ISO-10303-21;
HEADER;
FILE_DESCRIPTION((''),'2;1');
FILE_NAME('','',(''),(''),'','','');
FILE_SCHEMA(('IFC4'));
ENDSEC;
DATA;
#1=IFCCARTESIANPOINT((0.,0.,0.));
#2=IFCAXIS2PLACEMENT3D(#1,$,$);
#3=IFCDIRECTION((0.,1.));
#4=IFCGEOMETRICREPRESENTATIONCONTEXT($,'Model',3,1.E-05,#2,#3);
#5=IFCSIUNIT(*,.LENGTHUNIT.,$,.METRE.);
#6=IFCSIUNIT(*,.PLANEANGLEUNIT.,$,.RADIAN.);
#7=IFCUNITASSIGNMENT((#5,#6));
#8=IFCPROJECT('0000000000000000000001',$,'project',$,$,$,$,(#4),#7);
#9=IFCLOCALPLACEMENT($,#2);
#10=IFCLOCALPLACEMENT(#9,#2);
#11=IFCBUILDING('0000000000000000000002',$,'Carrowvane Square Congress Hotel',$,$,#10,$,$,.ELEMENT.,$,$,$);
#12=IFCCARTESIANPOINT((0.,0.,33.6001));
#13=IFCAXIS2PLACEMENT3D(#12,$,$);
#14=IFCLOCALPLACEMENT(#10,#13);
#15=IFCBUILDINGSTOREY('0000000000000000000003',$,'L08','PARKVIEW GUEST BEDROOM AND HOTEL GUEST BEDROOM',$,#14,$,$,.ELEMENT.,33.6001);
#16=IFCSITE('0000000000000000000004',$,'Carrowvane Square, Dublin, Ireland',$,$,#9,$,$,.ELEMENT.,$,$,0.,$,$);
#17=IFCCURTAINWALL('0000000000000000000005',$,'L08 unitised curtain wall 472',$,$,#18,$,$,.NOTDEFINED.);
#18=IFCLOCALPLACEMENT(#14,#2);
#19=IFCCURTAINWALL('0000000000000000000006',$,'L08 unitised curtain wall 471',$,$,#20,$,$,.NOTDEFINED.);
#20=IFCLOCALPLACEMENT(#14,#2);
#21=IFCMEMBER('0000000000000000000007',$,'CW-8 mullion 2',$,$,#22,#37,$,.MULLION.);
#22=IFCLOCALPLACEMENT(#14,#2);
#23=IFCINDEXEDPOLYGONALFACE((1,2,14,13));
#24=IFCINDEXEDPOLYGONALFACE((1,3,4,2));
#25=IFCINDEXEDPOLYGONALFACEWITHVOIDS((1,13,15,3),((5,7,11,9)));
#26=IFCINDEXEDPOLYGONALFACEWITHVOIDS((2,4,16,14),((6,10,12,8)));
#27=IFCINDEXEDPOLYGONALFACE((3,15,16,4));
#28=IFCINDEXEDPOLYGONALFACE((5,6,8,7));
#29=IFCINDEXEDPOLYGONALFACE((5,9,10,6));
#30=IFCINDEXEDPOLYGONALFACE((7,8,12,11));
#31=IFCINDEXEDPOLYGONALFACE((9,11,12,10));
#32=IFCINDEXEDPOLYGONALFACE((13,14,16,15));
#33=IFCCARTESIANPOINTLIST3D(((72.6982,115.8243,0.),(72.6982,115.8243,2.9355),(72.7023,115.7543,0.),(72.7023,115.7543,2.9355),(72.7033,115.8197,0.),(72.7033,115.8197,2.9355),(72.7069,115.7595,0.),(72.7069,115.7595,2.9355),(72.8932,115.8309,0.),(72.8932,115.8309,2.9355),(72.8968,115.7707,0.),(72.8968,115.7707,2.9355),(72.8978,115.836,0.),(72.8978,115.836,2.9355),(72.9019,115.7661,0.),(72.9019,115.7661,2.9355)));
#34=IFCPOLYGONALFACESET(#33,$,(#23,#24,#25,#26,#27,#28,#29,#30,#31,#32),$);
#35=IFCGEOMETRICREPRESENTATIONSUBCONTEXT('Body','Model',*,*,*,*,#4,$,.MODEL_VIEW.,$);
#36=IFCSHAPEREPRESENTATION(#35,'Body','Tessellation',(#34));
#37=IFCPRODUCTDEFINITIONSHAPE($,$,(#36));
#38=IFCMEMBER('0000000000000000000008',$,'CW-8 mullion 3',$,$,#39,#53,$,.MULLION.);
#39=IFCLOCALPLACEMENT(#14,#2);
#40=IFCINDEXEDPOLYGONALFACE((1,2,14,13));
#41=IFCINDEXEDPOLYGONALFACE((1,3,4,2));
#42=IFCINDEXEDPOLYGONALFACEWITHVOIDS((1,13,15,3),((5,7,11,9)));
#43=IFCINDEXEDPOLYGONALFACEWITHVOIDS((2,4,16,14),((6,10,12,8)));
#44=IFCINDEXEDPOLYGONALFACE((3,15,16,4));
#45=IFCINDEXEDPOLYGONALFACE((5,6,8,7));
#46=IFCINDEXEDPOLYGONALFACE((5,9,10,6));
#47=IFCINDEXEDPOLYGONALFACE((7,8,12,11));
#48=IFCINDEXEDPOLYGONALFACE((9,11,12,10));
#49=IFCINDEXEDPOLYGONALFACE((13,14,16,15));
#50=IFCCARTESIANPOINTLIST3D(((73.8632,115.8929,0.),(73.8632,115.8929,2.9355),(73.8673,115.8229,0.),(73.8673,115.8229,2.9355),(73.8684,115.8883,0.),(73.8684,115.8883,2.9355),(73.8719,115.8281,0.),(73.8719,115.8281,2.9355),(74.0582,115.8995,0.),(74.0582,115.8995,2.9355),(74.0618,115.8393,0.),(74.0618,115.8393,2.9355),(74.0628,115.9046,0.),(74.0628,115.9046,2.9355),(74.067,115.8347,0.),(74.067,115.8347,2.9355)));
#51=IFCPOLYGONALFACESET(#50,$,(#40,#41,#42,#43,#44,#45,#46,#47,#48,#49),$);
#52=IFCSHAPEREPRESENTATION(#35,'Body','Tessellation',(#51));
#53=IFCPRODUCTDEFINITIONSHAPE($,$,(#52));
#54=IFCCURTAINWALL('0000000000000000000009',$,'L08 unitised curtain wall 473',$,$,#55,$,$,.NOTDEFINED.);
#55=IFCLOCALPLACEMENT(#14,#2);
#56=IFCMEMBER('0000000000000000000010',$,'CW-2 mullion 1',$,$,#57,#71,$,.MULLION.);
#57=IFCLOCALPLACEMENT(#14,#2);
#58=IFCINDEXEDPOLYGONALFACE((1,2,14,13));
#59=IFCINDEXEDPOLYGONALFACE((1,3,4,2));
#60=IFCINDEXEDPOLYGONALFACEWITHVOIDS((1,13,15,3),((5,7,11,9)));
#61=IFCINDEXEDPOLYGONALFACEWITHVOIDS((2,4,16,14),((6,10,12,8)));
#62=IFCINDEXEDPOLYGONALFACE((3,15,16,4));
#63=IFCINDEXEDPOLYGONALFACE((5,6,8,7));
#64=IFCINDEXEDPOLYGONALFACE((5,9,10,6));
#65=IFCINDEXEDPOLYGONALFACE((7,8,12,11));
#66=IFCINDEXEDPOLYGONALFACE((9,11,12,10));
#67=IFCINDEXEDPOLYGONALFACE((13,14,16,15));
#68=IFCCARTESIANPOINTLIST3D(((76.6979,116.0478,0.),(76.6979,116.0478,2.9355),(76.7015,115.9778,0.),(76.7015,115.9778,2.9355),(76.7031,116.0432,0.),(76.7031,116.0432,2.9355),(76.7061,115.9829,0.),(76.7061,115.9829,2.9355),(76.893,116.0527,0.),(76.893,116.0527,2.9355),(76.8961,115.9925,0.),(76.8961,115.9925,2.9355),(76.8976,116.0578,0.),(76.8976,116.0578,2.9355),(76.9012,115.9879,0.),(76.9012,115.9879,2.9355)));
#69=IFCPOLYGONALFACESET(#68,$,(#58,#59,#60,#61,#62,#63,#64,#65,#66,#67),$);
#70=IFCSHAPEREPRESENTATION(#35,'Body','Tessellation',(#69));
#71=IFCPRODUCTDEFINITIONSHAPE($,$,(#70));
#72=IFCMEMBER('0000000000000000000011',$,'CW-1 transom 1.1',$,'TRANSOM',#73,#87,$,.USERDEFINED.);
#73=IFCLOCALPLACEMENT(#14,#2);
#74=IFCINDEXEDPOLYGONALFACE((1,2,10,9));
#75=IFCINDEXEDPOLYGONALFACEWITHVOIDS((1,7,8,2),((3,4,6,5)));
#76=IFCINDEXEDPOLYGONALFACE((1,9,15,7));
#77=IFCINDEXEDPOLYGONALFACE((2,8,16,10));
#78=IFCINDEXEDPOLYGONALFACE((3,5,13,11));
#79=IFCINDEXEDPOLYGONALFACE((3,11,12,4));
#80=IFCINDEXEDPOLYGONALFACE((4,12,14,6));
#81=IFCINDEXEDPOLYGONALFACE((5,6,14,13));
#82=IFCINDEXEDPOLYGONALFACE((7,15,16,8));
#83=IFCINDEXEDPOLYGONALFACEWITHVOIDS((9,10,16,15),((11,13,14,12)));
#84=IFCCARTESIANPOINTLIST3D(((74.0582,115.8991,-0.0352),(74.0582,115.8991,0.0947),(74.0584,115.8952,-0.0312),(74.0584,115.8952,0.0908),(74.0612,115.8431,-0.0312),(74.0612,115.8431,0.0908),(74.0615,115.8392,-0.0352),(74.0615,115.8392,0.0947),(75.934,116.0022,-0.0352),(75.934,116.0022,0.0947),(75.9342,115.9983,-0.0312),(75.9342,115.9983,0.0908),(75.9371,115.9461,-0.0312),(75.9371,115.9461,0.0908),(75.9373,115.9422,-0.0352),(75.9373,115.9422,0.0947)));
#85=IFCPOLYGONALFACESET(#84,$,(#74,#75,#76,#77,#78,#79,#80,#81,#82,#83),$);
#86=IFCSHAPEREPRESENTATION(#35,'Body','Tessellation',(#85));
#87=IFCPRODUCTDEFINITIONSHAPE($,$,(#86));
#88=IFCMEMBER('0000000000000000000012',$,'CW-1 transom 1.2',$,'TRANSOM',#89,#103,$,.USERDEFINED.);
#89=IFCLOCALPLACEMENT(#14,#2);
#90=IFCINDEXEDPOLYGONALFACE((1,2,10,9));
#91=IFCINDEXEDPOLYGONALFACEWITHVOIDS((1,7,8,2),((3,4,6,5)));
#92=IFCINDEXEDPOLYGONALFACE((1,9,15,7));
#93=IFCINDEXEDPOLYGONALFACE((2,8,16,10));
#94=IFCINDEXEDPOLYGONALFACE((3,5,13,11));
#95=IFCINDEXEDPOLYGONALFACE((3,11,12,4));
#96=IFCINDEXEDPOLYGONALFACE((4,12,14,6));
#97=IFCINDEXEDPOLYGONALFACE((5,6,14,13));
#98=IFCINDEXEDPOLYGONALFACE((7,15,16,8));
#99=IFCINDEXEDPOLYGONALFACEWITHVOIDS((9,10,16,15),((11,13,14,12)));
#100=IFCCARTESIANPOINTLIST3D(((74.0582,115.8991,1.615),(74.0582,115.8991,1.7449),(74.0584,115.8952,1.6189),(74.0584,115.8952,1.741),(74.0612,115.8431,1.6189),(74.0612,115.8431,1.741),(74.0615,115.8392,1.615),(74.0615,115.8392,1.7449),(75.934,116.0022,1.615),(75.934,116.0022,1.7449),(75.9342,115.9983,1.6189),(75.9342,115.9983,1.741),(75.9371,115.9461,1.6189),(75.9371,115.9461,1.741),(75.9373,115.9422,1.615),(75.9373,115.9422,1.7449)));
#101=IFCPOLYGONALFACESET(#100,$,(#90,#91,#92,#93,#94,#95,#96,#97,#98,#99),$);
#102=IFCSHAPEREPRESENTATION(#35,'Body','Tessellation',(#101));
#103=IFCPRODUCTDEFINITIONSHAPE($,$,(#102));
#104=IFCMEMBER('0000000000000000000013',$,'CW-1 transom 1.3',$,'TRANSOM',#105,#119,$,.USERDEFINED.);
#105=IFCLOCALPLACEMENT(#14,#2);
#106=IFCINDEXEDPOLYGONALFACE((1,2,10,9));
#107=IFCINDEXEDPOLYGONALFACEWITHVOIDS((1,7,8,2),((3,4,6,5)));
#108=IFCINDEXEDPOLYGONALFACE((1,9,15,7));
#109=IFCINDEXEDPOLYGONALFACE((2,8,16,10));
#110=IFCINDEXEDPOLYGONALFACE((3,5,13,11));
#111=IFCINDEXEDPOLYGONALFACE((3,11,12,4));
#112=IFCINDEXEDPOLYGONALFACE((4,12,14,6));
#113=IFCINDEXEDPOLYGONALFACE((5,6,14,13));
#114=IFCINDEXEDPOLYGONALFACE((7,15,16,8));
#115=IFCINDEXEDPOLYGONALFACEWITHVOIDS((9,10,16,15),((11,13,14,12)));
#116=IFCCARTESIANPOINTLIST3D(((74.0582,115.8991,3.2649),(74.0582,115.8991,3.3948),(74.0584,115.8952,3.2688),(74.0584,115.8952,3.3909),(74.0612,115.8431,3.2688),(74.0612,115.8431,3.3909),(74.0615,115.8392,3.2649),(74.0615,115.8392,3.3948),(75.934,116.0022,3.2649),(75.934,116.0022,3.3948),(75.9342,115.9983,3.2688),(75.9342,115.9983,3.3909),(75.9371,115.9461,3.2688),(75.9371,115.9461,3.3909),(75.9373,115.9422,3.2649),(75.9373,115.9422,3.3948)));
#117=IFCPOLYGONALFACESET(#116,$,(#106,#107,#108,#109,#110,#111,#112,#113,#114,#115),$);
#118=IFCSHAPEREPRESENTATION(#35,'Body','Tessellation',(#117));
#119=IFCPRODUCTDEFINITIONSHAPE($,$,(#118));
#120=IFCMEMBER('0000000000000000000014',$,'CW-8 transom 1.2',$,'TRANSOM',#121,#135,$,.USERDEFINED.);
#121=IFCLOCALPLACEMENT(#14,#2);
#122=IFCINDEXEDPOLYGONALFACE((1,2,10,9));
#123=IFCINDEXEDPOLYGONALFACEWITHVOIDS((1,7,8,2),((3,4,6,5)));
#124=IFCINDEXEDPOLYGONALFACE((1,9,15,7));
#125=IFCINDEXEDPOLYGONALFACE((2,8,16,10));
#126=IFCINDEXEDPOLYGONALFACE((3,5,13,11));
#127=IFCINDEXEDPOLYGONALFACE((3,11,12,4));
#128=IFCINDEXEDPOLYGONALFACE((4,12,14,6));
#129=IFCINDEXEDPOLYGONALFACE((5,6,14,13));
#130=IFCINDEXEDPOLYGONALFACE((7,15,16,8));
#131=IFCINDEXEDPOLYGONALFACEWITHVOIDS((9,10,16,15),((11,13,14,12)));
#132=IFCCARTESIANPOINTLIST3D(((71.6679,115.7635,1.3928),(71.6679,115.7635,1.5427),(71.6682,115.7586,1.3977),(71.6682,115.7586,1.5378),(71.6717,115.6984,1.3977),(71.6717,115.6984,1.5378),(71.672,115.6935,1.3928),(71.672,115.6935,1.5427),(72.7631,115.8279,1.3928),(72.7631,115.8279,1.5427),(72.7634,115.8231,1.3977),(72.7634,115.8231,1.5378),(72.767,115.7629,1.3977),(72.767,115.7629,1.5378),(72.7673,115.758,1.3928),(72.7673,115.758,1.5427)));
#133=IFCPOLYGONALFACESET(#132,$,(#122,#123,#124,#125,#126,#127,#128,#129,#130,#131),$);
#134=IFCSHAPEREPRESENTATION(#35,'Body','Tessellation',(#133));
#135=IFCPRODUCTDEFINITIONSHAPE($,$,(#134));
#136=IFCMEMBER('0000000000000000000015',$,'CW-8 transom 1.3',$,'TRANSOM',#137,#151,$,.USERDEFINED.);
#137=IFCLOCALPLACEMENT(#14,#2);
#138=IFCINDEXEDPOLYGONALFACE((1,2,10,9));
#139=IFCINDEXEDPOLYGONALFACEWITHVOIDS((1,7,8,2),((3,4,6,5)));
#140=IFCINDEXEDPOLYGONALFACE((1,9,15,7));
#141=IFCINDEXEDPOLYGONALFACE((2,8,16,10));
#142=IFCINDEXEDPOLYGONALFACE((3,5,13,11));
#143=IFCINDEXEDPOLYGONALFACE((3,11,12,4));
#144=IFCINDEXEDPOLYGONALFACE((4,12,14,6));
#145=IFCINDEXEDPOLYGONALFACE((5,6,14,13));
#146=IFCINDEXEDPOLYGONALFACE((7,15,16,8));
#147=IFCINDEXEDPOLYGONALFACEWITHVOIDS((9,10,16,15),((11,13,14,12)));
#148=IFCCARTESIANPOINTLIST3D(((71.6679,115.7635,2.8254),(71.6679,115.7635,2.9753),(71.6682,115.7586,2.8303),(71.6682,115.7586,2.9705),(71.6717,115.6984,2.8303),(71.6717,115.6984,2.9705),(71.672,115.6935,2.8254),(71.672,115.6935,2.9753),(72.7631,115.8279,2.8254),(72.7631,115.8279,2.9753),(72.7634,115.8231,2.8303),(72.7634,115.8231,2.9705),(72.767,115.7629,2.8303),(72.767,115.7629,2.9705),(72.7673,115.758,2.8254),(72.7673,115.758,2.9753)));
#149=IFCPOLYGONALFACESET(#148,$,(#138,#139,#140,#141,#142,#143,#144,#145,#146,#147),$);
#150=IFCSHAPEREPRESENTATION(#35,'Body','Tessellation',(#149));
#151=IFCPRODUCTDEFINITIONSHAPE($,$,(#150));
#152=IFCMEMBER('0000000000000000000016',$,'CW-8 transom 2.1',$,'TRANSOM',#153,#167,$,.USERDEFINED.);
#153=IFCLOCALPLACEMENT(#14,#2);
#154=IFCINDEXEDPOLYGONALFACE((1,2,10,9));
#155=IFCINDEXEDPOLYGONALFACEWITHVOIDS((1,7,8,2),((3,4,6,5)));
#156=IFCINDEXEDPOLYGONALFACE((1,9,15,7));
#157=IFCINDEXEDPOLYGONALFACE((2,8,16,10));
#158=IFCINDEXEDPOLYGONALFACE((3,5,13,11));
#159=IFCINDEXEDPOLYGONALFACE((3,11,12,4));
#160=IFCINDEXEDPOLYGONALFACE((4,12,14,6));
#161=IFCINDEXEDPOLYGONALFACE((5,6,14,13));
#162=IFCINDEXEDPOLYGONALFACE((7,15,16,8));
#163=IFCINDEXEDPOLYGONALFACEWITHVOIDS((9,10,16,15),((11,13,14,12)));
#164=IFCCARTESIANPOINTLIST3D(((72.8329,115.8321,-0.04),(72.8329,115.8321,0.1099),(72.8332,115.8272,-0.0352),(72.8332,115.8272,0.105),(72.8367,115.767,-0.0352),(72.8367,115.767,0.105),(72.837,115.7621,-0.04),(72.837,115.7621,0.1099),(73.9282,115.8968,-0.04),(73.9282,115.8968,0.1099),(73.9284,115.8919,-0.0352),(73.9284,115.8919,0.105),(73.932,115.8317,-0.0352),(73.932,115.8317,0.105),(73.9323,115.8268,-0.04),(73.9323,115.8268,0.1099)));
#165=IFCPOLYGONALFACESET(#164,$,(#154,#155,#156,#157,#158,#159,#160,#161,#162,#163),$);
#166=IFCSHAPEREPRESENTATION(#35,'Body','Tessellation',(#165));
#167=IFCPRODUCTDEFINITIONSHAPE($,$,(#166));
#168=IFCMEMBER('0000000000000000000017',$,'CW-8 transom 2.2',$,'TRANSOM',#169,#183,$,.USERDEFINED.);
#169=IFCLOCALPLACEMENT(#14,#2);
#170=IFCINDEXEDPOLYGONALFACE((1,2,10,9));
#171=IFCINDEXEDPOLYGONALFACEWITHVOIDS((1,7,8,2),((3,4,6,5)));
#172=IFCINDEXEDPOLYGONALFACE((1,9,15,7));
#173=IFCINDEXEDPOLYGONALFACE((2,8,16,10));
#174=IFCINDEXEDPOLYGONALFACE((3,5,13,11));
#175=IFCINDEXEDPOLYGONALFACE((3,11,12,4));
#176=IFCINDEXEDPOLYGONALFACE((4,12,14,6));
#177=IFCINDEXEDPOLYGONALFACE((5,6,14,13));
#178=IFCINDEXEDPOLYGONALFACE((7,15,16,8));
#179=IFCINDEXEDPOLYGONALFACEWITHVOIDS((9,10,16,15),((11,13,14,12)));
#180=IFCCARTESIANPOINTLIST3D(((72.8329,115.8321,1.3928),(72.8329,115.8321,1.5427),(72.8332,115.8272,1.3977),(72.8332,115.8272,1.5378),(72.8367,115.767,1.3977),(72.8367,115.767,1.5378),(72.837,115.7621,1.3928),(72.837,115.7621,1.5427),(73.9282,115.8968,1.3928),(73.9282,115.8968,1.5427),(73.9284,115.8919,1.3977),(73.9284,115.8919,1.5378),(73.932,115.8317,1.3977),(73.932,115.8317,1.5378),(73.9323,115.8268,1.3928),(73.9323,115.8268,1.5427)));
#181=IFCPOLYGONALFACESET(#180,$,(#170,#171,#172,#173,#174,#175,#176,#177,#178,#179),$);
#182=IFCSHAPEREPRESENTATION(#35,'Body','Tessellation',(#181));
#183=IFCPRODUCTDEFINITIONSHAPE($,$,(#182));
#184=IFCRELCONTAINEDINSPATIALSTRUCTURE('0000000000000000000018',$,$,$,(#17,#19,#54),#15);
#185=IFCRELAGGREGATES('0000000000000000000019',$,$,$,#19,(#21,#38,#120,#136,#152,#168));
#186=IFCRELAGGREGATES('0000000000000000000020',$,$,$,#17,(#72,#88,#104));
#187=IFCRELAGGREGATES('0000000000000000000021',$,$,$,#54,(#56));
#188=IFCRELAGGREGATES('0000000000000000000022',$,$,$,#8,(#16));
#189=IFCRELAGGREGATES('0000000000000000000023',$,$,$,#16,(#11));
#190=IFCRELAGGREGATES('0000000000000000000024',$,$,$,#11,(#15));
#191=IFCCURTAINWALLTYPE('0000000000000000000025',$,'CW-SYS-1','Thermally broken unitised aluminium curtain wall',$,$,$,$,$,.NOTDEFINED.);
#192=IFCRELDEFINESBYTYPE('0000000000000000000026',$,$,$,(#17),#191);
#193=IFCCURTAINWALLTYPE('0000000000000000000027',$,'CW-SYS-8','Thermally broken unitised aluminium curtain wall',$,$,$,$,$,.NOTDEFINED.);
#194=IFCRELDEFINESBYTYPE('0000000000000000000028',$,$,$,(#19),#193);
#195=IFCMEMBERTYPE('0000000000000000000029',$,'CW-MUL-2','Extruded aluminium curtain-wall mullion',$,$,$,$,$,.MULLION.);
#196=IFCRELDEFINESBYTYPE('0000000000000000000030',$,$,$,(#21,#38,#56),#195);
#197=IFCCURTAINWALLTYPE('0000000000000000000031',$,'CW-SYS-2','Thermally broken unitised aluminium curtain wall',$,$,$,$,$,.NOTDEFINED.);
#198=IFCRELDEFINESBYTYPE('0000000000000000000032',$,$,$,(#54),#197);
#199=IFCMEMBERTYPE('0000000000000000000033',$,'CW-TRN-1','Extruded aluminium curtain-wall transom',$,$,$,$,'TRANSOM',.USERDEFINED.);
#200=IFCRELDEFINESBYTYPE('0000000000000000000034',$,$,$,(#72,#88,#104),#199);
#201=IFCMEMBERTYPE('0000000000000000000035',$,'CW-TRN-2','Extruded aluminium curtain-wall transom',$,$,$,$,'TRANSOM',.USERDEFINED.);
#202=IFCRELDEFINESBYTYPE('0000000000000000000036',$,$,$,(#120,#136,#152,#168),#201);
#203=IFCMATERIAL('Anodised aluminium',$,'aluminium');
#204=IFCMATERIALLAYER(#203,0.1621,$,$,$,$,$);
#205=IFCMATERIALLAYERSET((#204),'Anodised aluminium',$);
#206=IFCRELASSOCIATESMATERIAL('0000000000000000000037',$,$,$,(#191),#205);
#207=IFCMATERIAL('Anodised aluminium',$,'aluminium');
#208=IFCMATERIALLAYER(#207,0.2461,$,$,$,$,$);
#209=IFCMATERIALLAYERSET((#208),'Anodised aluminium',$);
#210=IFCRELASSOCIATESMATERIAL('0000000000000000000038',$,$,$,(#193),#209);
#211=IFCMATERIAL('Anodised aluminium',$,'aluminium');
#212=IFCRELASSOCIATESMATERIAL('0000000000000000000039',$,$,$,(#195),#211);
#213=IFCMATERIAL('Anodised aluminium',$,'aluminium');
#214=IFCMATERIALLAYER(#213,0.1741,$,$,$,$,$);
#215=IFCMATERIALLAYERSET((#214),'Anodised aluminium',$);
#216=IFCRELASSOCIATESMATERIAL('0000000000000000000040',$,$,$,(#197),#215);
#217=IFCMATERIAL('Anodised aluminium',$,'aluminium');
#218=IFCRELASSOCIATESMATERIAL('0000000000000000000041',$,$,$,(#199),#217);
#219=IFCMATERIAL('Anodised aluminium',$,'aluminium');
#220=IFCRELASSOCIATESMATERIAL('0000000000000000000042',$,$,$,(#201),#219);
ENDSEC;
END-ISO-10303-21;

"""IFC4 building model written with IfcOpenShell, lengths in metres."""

from ifc_helpers import new_model, si_unit, direction, frame, origin, origin_2d, place, context, subcontext, project, spatial, hollow_rectangle, extrude, material, layer, layer_set, material_profile, profile_set, type_object, element, aggregate, save


model = new_model("IFC4")

# Units and contexts
model_context = context("Model", 3, precision=1e-05, world=origin(), true_north=direction((0.0, 1.0)))
body_context = subcontext(model_context, "Body", "Model", "MODEL_VIEW")
ifc_project = project(units=[si_unit("LENGTHUNIT", "METRE"), si_unit("PLANEANGLEUNIT", "RADIAN")], contexts=[model_context])

# Site, building, storey
site_placement = place(None, origin())
site = spatial("IfcSite", under=ifc_project, at=site_placement, Name="Carrowvane Square, Dublin, Ireland", CompositionType="ELEMENT", RefElevation=0.0)
building_placement = place(site_placement, origin())
building = spatial("IfcBuilding", under=site, at=building_placement, Name="Carrowvane Square Congress Hotel", CompositionType="ELEMENT")
storey_placement = place(building_placement, frame((0.0, 0.0, 33.6001)))
storey = spatial("IfcBuildingStorey", under=building, at=storey_placement, Name="L08", Description="PARKVIEW GUEST BEDROOM AND HOTEL GUEST BEDROOM", CompositionType="ELEMENT", Elevation=33.6001)

# Curtain walls, members
ifc_material_1 = material(Name="Anodised aluminium", Category="aluminium")
ifc_layer_1 = layer(ifc_material_1, 0.1621)
ifc_layer_set_1 = layer_set([ifc_layer_1], Name="Anodised aluminium")
curtain_wall_type_1 = type_object("IfcCurtainWallType", Name="CW-SYS-1", Description="Thermally broken unitised aluminium curtain wall", PredefinedType="NOTDEFINED", material=ifc_layer_set_1)
curtain_wall_1_placement = place(storey_placement, origin())
curtain_wall_1 = element("IfcCurtainWall", 1, at=curtain_wall_1_placement, inside=storey, type_object=curtain_wall_type_1, Name="L08 unitised curtain wall 472", PredefinedType="NOTDEFINED")
ifc_material_2 = material(Name="Anodised aluminium", Category="aluminium")
ifc_layer_2 = layer(ifc_material_2, 0.2461)
ifc_layer_set_2 = layer_set([ifc_layer_2], Name="Anodised aluminium")
curtain_wall_type_2 = type_object("IfcCurtainWallType", Name="CW-SYS-8", Description="Thermally broken unitised aluminium curtain wall", PredefinedType="NOTDEFINED", material=ifc_layer_set_2)
curtain_wall_2_placement = place(storey_placement, origin())
curtain_wall_2 = element("IfcCurtainWall", 2, at=curtain_wall_2_placement, inside=storey, type_object=curtain_wall_type_2, Name="L08 unitised curtain wall 471", PredefinedType="NOTDEFINED")
ifc_material_3 = material(Name="Anodised aluminium", Category="aluminium")
ifc_material_profile_1 = material_profile(ifc_material_3, hollow_rectangle(XDim=0.0701, YDim=0.2, WallThickness=0.0049, at=origin_2d()), Name="CW-ML 70x200x5")
ifc_profile_set_1 = profile_set([ifc_material_profile_1], Name="Anodised aluminium")
member_type_1 = type_object("IfcMemberType", Name="CW-MUL-2", Description="Extruded aluminium curtain-wall mullion", PredefinedType="MULLION", material=ifc_profile_set_1)
member_1_placement = place(storey_placement, frame((72.8, 115.7952, 0.0), z_axis=(0.0, 0.0, 1.0), x_axis=(-0.058851, 0.998267, 0.0)))
member_1 = element("IfcMember", 3, at=member_1_placement, type_object=member_type_1, Name="CW-8 mullion 2", PredefinedType="MULLION", context=body_context, shape_type="SweptSolid", body=[
    extrude(hollow_rectangle(XDim=0.0701, YDim=0.2, WallThickness=0.0049, at=origin_2d()), origin(), (0.0, 0.0, 1.0), 2.9355),
])
member_2_placement = place(storey_placement, frame((73.9651, 115.8638, 0.0), z_axis=(0.0, 0.0, 1.0), x_axis=(-0.058851, 0.998267, 0.0)))
member_2 = element("IfcMember", 4, at=member_2_placement, type_object=member_type_1, Name="CW-8 mullion 3", PredefinedType="MULLION", context=body_context, shape_type="SweptSolid", body=[
    extrude(hollow_rectangle(XDim=0.0701, YDim=0.2, WallThickness=0.0049, at=origin_2d()), origin(), (0.0, 0.0, 1.0), 2.9355),
])

# Curtain wall, member
ifc_material_4 = material(Name="Anodised aluminium", Category="aluminium")
ifc_layer_3 = layer(ifc_material_4, 0.1741)
ifc_layer_set_3 = layer_set([ifc_layer_3], Name="Anodised aluminium")
curtain_wall_type_3 = type_object("IfcCurtainWallType", Name="CW-SYS-2", Description="Thermally broken unitised aluminium curtain wall", PredefinedType="NOTDEFINED", material=ifc_layer_set_3)
curtain_wall_3_placement = place(storey_placement, origin())
curtain_wall_3 = element("IfcCurtainWall", 5, at=curtain_wall_3_placement, inside=storey, type_object=curtain_wall_type_3, Name="L08 unitised curtain wall 473", PredefinedType="NOTDEFINED")
member_3_placement = place(storey_placement, frame((76.7996, 116.0178, 0.0), z_axis=(0.0, 0.0, 1.0), x_axis=(-0.050324, 0.998733, 0.0)))
member_3 = element("IfcMember", 6, at=member_3_placement, type_object=member_type_1, Name="CW-2 mullion 1", PredefinedType="MULLION", context=body_context, shape_type="SweptSolid", body=[
    extrude(hollow_rectangle(XDim=0.0701, YDim=0.2, WallThickness=0.0049, at=origin_2d()), origin(), (0.0, 0.0, 1.0), 2.9355),
])

# Members
ifc_material_5 = material(Name="Anodised aluminium", Category="aluminium")
ifc_material_profile_2 = material_profile(ifc_material_5, hollow_rectangle(XDim=0.0601, YDim=0.1299, WallThickness=0.0039, at=origin_2d()), Name="CW-TR 60x130x4")
ifc_profile_set_2 = profile_set([ifc_material_profile_2], Name="Anodised aluminium")
member_type_2 = type_object("IfcMemberType", Name="CW-TRN-1", Description="Extruded aluminium curtain-wall transom", ElementType="TRANSOM", PredefinedType="USERDEFINED", material=ifc_profile_set_2)
member_4_placement = place(storey_placement, frame((74.0598, 115.8691, 0.0298), z_axis=(0.998495, 0.054844, 0.0), x_axis=(-0.054844, 0.998495, 0.0)))
member_4 = element("IfcMember", 7, at=member_4_placement, type_object=member_type_2, Name="CW-1 transom 1.1", ObjectType="TRANSOM", PredefinedType="USERDEFINED", context=body_context, shape_type="SweptSolid", body=[
    extrude(hollow_rectangle(XDim=0.0601, YDim=0.1299, WallThickness=0.0039, at=origin_2d()), origin(), (0.0, 0.0, 1.0), 1.8787),
])
member_5_placement = place(storey_placement, frame((74.0598, 115.8691, 1.6799), z_axis=(0.998495, 0.054844, 0.0), x_axis=(-0.054844, 0.998495, 0.0)))
member_5 = element("IfcMember", 8, at=member_5_placement, type_object=member_type_2, Name="CW-1 transom 1.2", ObjectType="TRANSOM", PredefinedType="USERDEFINED", context=body_context, shape_type="SweptSolid", body=[
    extrude(hollow_rectangle(XDim=0.0601, YDim=0.1299, WallThickness=0.0039, at=origin_2d()), origin(), (0.0, 0.0, 1.0), 1.8787),
])
member_6_placement = place(storey_placement, frame((74.0598, 115.8691, 3.3298), z_axis=(0.998495, 0.054844, 0.0), x_axis=(-0.054844, 0.998495, 0.0)))
member_6 = element("IfcMember", 9, at=member_6_placement, type_object=member_type_2, Name="CW-1 transom 1.3", ObjectType="TRANSOM", PredefinedType="USERDEFINED", context=body_context, shape_type="SweptSolid", body=[
    extrude(hollow_rectangle(XDim=0.0601, YDim=0.1299, WallThickness=0.0039, at=origin_2d()), origin(), (0.0, 0.0, 1.0), 1.8787),
])
ifc_material_6 = material(Name="Anodised aluminium", Category="aluminium")
ifc_material_profile_3 = material_profile(ifc_material_6, hollow_rectangle(XDim=0.0701, YDim=0.1499, WallThickness=0.0049, at=origin_2d()), Name="CW-TR 70x150x5")
ifc_profile_set_3 = profile_set([ifc_material_profile_3], Name="Anodised aluminium")
member_type_3 = type_object("IfcMemberType", Name="CW-TRN-2", Description="Extruded aluminium curtain-wall transom", ElementType="TRANSOM", PredefinedType="USERDEFINED", material=ifc_profile_set_3)
member_7_placement = place(storey_placement, frame((71.6699, 115.7285, 1.4678), z_axis=(0.998273, 0.058748, 0.0), x_axis=(-0.058748, 0.998273, 0.0)))
member_7 = element("IfcMember", 10, at=member_7_placement, type_object=member_type_3, Name="CW-8 transom 1.2", ObjectType="TRANSOM", PredefinedType="USERDEFINED", context=body_context, shape_type="SweptSolid", body=[
    extrude(hollow_rectangle(XDim=0.0701, YDim=0.1499, WallThickness=0.0049, at=origin_2d()), origin(), (0.0, 0.0, 1.0), 1.0972),
])
member_8_placement = place(storey_placement, frame((71.6699, 115.7285, 2.9004), z_axis=(0.998273, 0.058748, 0.0), x_axis=(-0.058748, 0.998273, 0.0)))
member_8 = element("IfcMember", 11, at=member_8_placement, type_object=member_type_3, Name="CW-8 transom 1.3", ObjectType="TRANSOM", PredefinedType="USERDEFINED", context=body_context, shape_type="SweptSolid", body=[
    extrude(hollow_rectangle(XDim=0.0701, YDim=0.1499, WallThickness=0.0049, at=origin_2d()), origin(), (0.0, 0.0, 1.0), 1.0972),
])
member_9_placement = place(storey_placement, frame((72.835, 115.7971, 0.0349), z_axis=(0.99826, 0.05897, 0.0), x_axis=(-0.05897, 0.99826, 0.0)))
member_9 = element("IfcMember", 12, at=member_9_placement, type_object=member_type_3, Name="CW-8 transom 2.1", ObjectType="TRANSOM", PredefinedType="USERDEFINED", context=body_context, shape_type="SweptSolid", body=[
    extrude(hollow_rectangle(XDim=0.0701, YDim=0.1499, WallThickness=0.0049, at=origin_2d()), origin(), (0.0, 0.0, 1.0), 1.0972),
])
member_10_placement = place(storey_placement, frame((72.835, 115.7971, 1.4678), z_axis=(0.99826, 0.05897, 0.0), x_axis=(-0.05897, 0.99826, 0.0)))
member_10 = element("IfcMember", 13, at=member_10_placement, type_object=member_type_3, Name="CW-8 transom 2.2", ObjectType="TRANSOM", PredefinedType="USERDEFINED", context=body_context, shape_type="SweptSolid", body=[
    extrude(hollow_rectangle(XDim=0.0701, YDim=0.1499, WallThickness=0.0049, at=origin_2d()), origin(), (0.0, 0.0, 1.0), 1.0972),
])

aggregate(curtain_wall_2, [member_1, member_2, member_7, member_8, member_9, member_10])
aggregate(curtain_wall_1, [member_4, member_5, member_6])
aggregate(curtain_wall_3, [member_3])

save(model, "model.ifc")
